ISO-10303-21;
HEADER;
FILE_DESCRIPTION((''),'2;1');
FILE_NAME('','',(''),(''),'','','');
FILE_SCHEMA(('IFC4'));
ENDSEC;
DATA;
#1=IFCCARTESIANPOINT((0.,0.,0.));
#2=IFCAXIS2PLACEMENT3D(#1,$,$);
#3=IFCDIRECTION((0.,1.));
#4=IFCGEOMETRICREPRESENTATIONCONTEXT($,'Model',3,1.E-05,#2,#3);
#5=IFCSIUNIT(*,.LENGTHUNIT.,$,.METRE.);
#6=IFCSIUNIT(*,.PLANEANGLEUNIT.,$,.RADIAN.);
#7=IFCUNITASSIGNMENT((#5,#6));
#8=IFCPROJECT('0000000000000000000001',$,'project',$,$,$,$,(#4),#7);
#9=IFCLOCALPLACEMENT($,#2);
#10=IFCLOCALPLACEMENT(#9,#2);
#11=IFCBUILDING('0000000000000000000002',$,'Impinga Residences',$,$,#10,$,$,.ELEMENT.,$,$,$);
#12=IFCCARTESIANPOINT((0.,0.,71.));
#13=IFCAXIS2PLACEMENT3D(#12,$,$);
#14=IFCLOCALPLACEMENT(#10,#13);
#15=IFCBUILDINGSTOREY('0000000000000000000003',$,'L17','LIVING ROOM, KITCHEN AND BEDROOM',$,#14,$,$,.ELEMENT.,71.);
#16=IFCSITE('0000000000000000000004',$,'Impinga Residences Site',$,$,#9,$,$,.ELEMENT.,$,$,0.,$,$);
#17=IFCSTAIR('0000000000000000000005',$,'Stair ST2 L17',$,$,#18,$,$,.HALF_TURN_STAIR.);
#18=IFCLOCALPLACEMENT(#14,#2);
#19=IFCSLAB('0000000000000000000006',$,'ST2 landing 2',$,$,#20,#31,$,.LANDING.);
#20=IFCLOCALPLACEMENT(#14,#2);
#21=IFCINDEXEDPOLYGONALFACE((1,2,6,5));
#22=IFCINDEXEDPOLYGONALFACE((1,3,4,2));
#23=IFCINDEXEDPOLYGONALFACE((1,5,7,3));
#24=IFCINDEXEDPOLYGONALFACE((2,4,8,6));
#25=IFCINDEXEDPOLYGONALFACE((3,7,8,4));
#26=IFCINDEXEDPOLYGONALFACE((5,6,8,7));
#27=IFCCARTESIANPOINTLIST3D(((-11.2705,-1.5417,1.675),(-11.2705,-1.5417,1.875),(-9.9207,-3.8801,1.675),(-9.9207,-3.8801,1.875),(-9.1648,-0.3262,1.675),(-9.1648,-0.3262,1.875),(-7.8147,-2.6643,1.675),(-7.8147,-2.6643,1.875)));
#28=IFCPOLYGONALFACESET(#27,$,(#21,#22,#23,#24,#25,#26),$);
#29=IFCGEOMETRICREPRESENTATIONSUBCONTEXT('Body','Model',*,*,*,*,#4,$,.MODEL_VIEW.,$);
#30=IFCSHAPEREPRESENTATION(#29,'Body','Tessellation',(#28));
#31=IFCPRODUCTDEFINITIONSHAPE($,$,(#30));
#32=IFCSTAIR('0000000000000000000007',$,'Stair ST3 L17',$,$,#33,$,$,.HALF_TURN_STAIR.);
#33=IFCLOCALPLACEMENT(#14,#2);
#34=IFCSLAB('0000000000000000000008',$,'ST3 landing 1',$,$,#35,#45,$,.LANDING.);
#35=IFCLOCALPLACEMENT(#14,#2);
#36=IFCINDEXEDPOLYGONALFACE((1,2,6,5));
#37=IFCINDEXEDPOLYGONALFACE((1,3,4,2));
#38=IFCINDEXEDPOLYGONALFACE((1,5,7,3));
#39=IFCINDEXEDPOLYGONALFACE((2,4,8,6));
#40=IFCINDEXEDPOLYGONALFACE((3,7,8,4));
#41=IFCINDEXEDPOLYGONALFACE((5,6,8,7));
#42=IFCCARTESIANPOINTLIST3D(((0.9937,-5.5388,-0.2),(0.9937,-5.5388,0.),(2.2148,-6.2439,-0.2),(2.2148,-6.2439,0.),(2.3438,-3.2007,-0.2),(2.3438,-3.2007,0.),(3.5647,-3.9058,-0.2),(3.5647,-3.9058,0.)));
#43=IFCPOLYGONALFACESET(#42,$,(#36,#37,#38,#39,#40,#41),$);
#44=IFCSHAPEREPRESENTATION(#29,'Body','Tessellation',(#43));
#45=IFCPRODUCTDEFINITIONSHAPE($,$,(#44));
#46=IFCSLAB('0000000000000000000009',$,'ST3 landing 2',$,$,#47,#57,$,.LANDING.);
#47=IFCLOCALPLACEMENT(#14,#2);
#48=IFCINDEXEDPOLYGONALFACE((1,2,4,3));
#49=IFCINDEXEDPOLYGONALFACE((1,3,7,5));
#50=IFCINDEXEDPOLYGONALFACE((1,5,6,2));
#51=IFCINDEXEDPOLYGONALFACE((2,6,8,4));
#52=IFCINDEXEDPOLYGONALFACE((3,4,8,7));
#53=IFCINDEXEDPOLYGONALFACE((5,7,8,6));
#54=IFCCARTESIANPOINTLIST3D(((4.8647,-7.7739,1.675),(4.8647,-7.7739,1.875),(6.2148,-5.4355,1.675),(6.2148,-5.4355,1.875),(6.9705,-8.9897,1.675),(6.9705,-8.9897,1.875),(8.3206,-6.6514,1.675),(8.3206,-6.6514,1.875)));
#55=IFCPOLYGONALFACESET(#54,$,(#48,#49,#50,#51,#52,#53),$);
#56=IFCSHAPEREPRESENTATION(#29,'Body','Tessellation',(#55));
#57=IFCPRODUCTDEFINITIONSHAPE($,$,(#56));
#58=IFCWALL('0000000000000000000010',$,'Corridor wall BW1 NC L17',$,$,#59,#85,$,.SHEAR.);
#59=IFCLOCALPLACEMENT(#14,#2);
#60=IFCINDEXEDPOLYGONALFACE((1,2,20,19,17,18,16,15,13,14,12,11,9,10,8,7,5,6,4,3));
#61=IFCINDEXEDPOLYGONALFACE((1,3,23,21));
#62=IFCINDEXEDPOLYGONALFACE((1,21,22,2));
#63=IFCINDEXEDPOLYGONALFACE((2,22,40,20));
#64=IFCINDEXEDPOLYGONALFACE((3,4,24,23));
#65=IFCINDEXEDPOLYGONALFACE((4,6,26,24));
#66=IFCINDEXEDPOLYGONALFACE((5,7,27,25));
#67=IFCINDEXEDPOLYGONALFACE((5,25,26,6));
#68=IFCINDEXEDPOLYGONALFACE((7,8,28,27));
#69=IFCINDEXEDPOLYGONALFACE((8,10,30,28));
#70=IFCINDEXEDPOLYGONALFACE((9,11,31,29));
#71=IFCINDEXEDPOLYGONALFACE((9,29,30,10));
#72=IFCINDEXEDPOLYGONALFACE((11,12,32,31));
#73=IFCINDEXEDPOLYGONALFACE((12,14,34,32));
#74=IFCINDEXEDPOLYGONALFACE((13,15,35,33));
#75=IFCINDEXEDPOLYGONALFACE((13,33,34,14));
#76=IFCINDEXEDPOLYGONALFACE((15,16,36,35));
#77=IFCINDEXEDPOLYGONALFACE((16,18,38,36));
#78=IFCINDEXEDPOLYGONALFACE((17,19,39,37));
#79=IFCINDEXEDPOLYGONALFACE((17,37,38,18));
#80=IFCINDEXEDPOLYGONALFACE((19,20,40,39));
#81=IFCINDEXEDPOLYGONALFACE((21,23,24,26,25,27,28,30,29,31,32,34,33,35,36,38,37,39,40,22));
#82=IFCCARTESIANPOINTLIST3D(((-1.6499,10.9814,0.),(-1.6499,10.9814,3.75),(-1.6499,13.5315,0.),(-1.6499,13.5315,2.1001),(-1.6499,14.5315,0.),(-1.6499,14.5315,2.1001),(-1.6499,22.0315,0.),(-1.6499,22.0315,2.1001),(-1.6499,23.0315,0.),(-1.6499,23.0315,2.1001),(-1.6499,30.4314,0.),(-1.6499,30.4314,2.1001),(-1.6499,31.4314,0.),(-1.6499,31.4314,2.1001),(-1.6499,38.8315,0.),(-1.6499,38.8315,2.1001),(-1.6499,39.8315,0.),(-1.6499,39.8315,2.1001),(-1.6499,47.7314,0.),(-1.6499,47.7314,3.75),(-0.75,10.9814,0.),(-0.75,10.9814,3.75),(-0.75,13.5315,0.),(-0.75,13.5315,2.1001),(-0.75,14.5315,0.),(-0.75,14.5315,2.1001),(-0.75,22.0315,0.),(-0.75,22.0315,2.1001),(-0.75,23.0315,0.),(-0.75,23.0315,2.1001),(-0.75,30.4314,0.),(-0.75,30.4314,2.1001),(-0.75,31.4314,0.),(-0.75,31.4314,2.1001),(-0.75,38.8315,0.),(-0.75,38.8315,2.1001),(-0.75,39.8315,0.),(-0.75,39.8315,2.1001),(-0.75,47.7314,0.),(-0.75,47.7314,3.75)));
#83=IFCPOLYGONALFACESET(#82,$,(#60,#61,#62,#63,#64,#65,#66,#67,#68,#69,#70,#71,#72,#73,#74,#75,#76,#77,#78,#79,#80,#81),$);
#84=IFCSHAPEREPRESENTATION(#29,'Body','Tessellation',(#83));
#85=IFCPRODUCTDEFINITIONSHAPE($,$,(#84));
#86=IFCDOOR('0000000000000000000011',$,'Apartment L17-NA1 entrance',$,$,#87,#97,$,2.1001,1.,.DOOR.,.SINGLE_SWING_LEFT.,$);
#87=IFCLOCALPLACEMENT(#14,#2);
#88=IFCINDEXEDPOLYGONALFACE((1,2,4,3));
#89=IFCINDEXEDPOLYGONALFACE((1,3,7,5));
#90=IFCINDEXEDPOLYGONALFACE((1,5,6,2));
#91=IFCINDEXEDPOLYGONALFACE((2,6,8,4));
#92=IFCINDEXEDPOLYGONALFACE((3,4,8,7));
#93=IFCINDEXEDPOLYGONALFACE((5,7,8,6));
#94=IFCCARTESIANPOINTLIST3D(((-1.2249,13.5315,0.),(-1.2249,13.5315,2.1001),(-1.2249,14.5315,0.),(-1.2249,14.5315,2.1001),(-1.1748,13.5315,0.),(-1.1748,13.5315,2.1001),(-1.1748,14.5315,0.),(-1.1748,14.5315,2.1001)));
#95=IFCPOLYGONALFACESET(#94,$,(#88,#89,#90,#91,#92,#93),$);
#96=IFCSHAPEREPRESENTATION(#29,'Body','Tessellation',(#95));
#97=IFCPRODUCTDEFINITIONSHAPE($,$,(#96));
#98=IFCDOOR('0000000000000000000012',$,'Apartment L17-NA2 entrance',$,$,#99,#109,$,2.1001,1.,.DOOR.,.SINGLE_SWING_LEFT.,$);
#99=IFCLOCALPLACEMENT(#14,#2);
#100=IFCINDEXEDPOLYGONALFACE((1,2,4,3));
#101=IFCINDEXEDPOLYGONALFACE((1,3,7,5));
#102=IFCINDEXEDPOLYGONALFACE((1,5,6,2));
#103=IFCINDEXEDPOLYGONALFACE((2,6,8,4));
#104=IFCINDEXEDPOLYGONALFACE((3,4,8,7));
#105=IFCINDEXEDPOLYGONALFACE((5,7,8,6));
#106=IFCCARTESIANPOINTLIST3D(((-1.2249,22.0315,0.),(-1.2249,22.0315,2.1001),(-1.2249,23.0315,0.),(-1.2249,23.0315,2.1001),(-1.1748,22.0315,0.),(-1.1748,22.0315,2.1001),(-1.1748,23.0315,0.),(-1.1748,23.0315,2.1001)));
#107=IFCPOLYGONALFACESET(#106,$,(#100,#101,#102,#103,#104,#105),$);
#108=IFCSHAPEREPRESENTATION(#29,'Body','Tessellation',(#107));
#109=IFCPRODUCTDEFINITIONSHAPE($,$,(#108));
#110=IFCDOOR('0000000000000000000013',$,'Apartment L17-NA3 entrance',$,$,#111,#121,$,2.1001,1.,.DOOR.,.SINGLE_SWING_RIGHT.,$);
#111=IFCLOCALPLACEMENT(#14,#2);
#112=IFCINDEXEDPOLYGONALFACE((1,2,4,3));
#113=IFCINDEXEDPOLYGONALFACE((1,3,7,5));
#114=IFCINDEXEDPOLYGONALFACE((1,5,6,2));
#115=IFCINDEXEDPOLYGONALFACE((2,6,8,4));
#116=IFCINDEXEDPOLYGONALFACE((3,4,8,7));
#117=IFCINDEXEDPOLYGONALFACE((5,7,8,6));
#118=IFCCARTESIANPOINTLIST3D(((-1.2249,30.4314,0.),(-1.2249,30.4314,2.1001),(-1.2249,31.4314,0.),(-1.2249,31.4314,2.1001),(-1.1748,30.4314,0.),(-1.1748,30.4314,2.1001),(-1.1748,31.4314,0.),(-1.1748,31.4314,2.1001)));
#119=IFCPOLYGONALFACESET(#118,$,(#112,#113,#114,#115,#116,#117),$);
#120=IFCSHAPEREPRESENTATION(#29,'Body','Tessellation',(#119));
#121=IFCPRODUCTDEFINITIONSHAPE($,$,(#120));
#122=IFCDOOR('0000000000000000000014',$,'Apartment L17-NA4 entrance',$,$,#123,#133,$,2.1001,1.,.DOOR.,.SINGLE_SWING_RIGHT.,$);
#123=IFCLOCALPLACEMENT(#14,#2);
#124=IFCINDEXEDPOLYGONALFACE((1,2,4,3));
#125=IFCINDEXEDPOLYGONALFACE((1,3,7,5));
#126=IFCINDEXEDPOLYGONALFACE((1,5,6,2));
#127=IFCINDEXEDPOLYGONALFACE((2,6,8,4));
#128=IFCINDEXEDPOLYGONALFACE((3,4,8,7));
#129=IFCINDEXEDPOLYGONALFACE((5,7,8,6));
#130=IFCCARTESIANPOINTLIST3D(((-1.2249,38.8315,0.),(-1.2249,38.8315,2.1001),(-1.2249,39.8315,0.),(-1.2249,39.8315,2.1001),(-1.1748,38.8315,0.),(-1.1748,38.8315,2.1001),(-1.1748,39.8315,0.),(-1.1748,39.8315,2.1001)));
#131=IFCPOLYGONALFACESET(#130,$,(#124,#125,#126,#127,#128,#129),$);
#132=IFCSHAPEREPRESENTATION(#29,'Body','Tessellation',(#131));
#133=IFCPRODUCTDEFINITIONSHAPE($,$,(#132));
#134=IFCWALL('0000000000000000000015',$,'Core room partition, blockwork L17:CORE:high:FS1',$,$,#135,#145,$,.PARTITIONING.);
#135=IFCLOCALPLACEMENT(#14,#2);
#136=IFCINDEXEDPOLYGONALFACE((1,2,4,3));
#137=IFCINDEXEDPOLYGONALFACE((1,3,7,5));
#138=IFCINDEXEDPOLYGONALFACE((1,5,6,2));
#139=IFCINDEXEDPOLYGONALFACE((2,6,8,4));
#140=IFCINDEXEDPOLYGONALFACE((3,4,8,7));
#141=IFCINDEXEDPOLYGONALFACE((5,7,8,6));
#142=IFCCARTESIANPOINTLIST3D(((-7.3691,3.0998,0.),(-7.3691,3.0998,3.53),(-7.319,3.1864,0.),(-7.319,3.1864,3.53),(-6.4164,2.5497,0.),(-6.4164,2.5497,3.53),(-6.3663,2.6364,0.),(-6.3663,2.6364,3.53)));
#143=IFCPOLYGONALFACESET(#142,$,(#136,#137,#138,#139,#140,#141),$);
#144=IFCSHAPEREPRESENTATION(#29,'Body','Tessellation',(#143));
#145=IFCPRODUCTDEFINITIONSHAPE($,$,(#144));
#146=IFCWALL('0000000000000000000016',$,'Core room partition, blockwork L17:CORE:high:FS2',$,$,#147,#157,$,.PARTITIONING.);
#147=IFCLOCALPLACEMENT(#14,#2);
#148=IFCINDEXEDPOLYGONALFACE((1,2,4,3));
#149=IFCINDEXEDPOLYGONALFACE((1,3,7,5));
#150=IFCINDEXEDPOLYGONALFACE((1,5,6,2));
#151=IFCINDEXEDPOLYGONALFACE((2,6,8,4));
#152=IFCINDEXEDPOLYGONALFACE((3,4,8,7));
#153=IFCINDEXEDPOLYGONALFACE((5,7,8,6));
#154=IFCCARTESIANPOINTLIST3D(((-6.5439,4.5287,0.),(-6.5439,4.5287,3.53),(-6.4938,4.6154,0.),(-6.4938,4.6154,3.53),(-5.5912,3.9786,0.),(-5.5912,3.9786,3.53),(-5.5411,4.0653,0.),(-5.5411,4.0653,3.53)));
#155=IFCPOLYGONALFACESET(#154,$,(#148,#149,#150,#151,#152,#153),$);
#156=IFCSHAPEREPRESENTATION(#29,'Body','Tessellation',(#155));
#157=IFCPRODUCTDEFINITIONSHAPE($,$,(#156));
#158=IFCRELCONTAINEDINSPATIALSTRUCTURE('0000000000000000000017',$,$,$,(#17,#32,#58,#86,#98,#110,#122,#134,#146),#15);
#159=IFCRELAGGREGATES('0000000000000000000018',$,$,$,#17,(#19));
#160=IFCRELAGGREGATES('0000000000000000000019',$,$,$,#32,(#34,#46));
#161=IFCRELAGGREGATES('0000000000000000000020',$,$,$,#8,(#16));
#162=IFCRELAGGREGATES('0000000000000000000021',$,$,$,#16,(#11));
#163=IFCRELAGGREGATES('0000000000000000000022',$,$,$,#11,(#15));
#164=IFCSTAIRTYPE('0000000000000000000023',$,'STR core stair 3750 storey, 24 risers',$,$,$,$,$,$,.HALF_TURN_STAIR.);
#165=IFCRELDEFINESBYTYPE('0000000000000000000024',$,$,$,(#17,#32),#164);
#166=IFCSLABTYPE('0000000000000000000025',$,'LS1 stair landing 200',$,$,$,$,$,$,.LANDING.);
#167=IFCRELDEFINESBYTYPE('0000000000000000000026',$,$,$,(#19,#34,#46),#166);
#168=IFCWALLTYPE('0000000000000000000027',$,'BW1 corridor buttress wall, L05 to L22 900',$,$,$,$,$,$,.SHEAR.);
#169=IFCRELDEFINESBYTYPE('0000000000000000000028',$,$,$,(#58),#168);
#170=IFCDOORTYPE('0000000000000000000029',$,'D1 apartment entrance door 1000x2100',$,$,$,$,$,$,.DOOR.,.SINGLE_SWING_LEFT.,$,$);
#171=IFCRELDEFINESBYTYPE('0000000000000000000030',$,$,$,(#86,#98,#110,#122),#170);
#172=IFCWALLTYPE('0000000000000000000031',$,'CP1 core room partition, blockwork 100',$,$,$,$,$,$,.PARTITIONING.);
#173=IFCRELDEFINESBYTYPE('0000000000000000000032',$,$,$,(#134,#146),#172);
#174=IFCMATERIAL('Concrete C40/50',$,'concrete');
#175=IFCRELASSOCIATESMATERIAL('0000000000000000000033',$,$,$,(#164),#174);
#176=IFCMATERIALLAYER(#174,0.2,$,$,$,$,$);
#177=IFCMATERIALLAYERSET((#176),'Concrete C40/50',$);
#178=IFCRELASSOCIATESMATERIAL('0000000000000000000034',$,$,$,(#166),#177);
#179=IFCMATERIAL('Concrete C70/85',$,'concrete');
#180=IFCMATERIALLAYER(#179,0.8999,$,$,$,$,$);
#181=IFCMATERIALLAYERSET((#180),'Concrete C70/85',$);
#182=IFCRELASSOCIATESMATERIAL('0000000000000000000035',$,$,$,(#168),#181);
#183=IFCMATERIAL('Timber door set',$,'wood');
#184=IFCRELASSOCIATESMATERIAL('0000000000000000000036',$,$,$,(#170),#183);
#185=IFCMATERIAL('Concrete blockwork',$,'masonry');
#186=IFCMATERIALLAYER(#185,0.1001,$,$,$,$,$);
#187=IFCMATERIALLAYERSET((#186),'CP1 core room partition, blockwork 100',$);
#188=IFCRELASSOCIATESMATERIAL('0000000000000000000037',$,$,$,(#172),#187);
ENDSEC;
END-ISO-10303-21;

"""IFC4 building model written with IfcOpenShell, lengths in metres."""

from ifc_helpers import new_model, si_unit, direction, frame, frame_2d, origin, place, context, subcontext, project, spatial, polyline, rectangle, outline, extrude, material, layer, layer_set, type_object, element, fill, aggregate, save


model = new_model("IFC4")

# Units and contexts
model_context = context("Model", 3, precision=1e-05, world=origin(), true_north=direction((0.0, 1.0)))
body_context = subcontext(model_context, "Body", "Model", "MODEL_VIEW")
ifc_project = project(units=[si_unit("LENGTHUNIT", "METRE"), si_unit("PLANEANGLEUNIT", "RADIAN")], contexts=[model_context])

# Site, building, storey
site_placement = place(None, origin())
site = spatial("IfcSite", under=ifc_project, at=site_placement, Name="Impinga Residences Site", CompositionType="ELEMENT", RefElevation=0.0)
building_placement = place(site_placement, origin())
building = spatial("IfcBuilding", under=site, at=building_placement, Name="Impinga Residences", CompositionType="ELEMENT")
storey_placement = place(building_placement, frame((0.0, 0.0, 71.0)))
storey = spatial("IfcBuildingStorey", under=building, at=storey_placement, Name="L17", Description="LIVING ROOM, KITCHEN AND BEDROOM", CompositionType="ELEMENT", Elevation=71.0)

# Stair, slab
ifc_material_1 = material(Name="Concrete C40/50", Category="concrete")
stair_type = type_object("IfcStairType", Name="STR core stair 3750 storey, 24 risers", PredefinedType="HALF_TURN_STAIR", material=ifc_material_1)
stair_1_placement = place(storey_placement, origin())
stair_1 = element("IfcStair", 1, at=stair_1_placement, inside=storey, type_object=stair_type, Name="Stair ST2 L17", PredefinedType="HALF_TURN_STAIR")
ifc_layer_1 = layer(ifc_material_1, 0.2)
ifc_layer_set_1 = layer_set([ifc_layer_1], Name="Concrete C40/50")
slab_type = type_object("IfcSlabType", Name="LS1 stair landing 200", PredefinedType="LANDING", material=ifc_layer_set_1)
slab_1_placement = place(storey_placement, frame((0.0, 0.0, 1.675)))
slab_1 = element("IfcSlab", 2, at=slab_1_placement, type_object=slab_type, Name="ST2 landing 2", PredefinedType="LANDING", context=body_context, shape_type="SweptSolid", body=[
    extrude(outline(polyline([(-7.8147, -2.6643), (-9.1648, -0.3262), (-11.2705, -1.5417), (-9.9207, -3.8801), (-7.8147, -2.6643)])), origin(), (0.0, 0.0, 1.0), 0.2),
])
aggregate(stair_1, [slab_1])

# Stair, slabs
stair_2_placement = place(storey_placement, origin())
stair_2 = element("IfcStair", 3, at=stair_2_placement, inside=storey, type_object=stair_type, Name="Stair ST3 L17", PredefinedType="HALF_TURN_STAIR")
slab_2_placement = place(storey_placement, frame((0.0, 0.0, -0.2)))
slab_2 = element("IfcSlab", 4, at=slab_2_placement, type_object=slab_type, Name="ST3 landing 1", PredefinedType="LANDING", context=body_context, shape_type="SweptSolid", body=[
    extrude(outline(polyline([(2.3438, -3.2007), (0.9937, -5.5388), (2.2148, -6.2439), (3.5647, -3.9058), (2.3438, -3.2007)])), origin(), (0.0, 0.0, 1.0), 0.2),
])
slab_3_placement = place(storey_placement, frame((0.0, 0.0, 1.675)))
slab_3 = element("IfcSlab", 5, at=slab_3_placement, type_object=slab_type, Name="ST3 landing 2", PredefinedType="LANDING", context=body_context, shape_type="SweptSolid", body=[
    extrude(outline(polyline([(6.2148, -5.4355), (4.8647, -7.7739), (6.9705, -8.9897), (8.3206, -6.6514), (6.2148, -5.4355)])), origin(), (0.0, 0.0, 1.0), 0.2),
])
aggregate(stair_2, [slab_2, slab_3])

# Wall, openings, doors
ifc_material_2 = material(Name="Concrete C70/85", Category="concrete")
ifc_layer_2 = layer(ifc_material_2, 0.8999)
ifc_layer_set_2 = layer_set([ifc_layer_2], Name="Concrete C70/85")
wall_type_1 = type_object("IfcWallType", Name="BW1 corridor buttress wall, L05 to L22 900", PredefinedType="SHEAR", material=ifc_layer_set_2)
wall_1_placement = place(storey_placement, frame((-1.2, 10.9814, 0.0), z_axis=(0.0, 0.0, 1.0), x_axis=(0.0, 1.0, 0.0)))
wall_1 = element("IfcWall", 6, at=wall_1_placement, inside=storey, type_object=wall_type_1, Name="Corridor wall BW1 NC L17", PredefinedType="SHEAR", context=body_context, shape_type="SweptSolid", body=[
    extrude(rectangle(XDim=36.75, YDim=0.8999, at=frame_2d((18.375, 0.0))), origin(), (0.0, 0.0, 1.0), 3.75),
])
opening_1_placement = place(wall_1_placement, frame((2.55, 0.0, 0.0)))
opening_1 = element("IfcOpeningElement", 7, at=opening_1_placement, cuts=wall_1, PredefinedType="OPENING", context=body_context, shape_type="SweptSolid", body=[
    extrude(rectangle(XDim=1.0, YDim=2.1001, at=frame_2d((0.5, 1.05))), frame((0.0, 0.46, 0.0), z_axis=(0.0, -1.0, 0.0), x_axis=(1.0, 0.0, 0.0)), (0.0, 0.0, 1.0), 0.9199),
])
opening_2_placement = place(wall_1_placement, frame((11.05, 0.0, 0.0)))
opening_2 = element("IfcOpeningElement", 8, at=opening_2_placement, cuts=wall_1, PredefinedType="OPENING", context=body_context, shape_type="SweptSolid", body=[
    extrude(rectangle(XDim=1.0, YDim=2.1001, at=frame_2d((0.5, 1.05))), frame((0.0, 0.46, 0.0), z_axis=(0.0, -1.0, 0.0), x_axis=(1.0, 0.0, 0.0)), (0.0, 0.0, 1.0), 0.9199),
])
opening_3_placement = place(wall_1_placement, frame((19.45, 0.0, 0.0)))
opening_3 = element("IfcOpeningElement", 9, at=opening_3_placement, cuts=wall_1, PredefinedType="OPENING", context=body_context, shape_type="SweptSolid", body=[
    extrude(rectangle(XDim=1.0, YDim=2.1001, at=frame_2d((0.5, 1.05))), frame((0.0, 0.46, 0.0), z_axis=(0.0, -1.0, 0.0), x_axis=(1.0, 0.0, 0.0)), (0.0, 0.0, 1.0), 0.9199),
])
opening_4_placement = place(wall_1_placement, frame((27.8501, 0.0, 0.0)))
opening_4 = element("IfcOpeningElement", 10, at=opening_4_placement, cuts=wall_1, PredefinedType="OPENING", context=body_context, shape_type="SweptSolid", body=[
    extrude(rectangle(XDim=1.0, YDim=2.1001, at=frame_2d((0.5, 1.05))), frame((0.0, 0.46, 0.0), z_axis=(0.0, -1.0, 0.0), x_axis=(1.0, 0.0, 0.0)), (0.0, 0.0, 1.0), 0.9199),
])
ifc_material_3 = material(Name="Timber door set", Category="wood")
door_type_1 = type_object("IfcDoorType", Name="D1 apartment entrance door 1000x2100", OperationType="SINGLE_SWING_LEFT", PredefinedType="DOOR", material=ifc_material_3)
door_1_placement = place(opening_1_placement, origin())
door_1 = element("IfcDoor", 11, at=door_1_placement, inside=storey, type_object=door_type_1, Name="Apartment L17-NA1 entrance", OperationType="SINGLE_SWING_LEFT", OverallHeight=2.1001, OverallWidth=1.0, PredefinedType="DOOR", context=body_context, shape_type="SweptSolid", body=[
    extrude(rectangle(XDim=1.0, YDim=2.1001, at=frame_2d((0.5, 1.05))), frame((0.0, 0.0249, 0.0), z_axis=(0.0, -1.0, 0.0), x_axis=(1.0, 0.0, 0.0)), (0.0, 0.0, 1.0), 0.05),
])
fill(opening_1, door_1)
door_2_placement = place(opening_2_placement, origin())
door_2 = element("IfcDoor", 12, at=door_2_placement, inside=storey, type_object=door_type_1, Name="Apartment L17-NA2 entrance", OperationType="SINGLE_SWING_LEFT", OverallHeight=2.1001, OverallWidth=1.0, PredefinedType="DOOR", context=body_context, shape_type="SweptSolid", body=[
    extrude(rectangle(XDim=1.0, YDim=2.1001, at=frame_2d((0.5, 1.05))), frame((0.0, 0.0249, 0.0), z_axis=(0.0, -1.0, 0.0), x_axis=(1.0, 0.0, 0.0)), (0.0, 0.0, 1.0), 0.05),
])
fill(opening_2, door_2)
door_3_placement = place(opening_3_placement, origin())
door_3 = element("IfcDoor", 13, at=door_3_placement, inside=storey, type_object=door_type_1, Name="Apartment L17-NA3 entrance", OperationType="SINGLE_SWING_RIGHT", OverallHeight=2.1001, OverallWidth=1.0, PredefinedType="DOOR", context=body_context, shape_type="SweptSolid", body=[
    extrude(rectangle(XDim=1.0, YDim=2.1001, at=frame_2d((0.5, 1.05))), frame((0.0, 0.0249, 0.0), z_axis=(0.0, -1.0, 0.0), x_axis=(1.0, 0.0, 0.0)), (0.0, 0.0, 1.0), 0.05),
])
fill(opening_3, door_3)
door_4_placement = place(opening_4_placement, origin())
door_4 = element("IfcDoor", 14, at=door_4_placement, inside=storey, type_object=door_type_1, Name="Apartment L17-NA4 entrance", OperationType="SINGLE_SWING_RIGHT", OverallHeight=2.1001, OverallWidth=1.0, PredefinedType="DOOR", context=body_context, shape_type="SweptSolid", body=[
    extrude(rectangle(XDim=1.0, YDim=2.1001, at=frame_2d((0.5, 1.05))), frame((0.0, 0.0249, 0.0), z_axis=(0.0, -1.0, 0.0), x_axis=(1.0, 0.0, 0.0)), (0.0, 0.0, 1.0), 0.05),
])
fill(opening_4, door_4)

# Walls
ifc_material_4 = material(Name="Concrete blockwork", Category="masonry")
ifc_layer_3 = layer(ifc_material_4, 0.1001)
ifc_layer_set_3 = layer_set([ifc_layer_3], Name="CP1 core room partition, blockwork 100")
wall_type_2 = type_object("IfcWallType", Name="CP1 core room partition, blockwork 100", PredefinedType="PARTITIONING", material=ifc_layer_set_3)
for number, where, z_axis, x_axis, name in (
    (15, (-6.3914, 2.593, 0.0), (0.0, 0.0, 1.0), (-0.866008, 0.50003, 0.0), "Core room partition, blockwork L17:CORE:high:FS1"),
    (16, (-5.5662, 4.022, 0.0), (0.0, 0.0, 1.0), (-0.866008, 0.50003, 0.0), "Core room partition, blockwork L17:CORE:high:FS2"),
):
    element("IfcWall", number, at=place(storey_placement, frame(where, z_axis=z_axis, x_axis=x_axis)), inside=storey, type_object=wall_type_2, Name=name, PredefinedType="PARTITIONING", context=body_context, shape_type="SweptSolid", body=[
        extrude(rectangle(XDim=1.1001, YDim=0.1001, at=frame_2d((0.55, 0.0))), origin(), (0.0, 0.0, 1.0), 3.53),
    ])

save(model, "model.ifc")
